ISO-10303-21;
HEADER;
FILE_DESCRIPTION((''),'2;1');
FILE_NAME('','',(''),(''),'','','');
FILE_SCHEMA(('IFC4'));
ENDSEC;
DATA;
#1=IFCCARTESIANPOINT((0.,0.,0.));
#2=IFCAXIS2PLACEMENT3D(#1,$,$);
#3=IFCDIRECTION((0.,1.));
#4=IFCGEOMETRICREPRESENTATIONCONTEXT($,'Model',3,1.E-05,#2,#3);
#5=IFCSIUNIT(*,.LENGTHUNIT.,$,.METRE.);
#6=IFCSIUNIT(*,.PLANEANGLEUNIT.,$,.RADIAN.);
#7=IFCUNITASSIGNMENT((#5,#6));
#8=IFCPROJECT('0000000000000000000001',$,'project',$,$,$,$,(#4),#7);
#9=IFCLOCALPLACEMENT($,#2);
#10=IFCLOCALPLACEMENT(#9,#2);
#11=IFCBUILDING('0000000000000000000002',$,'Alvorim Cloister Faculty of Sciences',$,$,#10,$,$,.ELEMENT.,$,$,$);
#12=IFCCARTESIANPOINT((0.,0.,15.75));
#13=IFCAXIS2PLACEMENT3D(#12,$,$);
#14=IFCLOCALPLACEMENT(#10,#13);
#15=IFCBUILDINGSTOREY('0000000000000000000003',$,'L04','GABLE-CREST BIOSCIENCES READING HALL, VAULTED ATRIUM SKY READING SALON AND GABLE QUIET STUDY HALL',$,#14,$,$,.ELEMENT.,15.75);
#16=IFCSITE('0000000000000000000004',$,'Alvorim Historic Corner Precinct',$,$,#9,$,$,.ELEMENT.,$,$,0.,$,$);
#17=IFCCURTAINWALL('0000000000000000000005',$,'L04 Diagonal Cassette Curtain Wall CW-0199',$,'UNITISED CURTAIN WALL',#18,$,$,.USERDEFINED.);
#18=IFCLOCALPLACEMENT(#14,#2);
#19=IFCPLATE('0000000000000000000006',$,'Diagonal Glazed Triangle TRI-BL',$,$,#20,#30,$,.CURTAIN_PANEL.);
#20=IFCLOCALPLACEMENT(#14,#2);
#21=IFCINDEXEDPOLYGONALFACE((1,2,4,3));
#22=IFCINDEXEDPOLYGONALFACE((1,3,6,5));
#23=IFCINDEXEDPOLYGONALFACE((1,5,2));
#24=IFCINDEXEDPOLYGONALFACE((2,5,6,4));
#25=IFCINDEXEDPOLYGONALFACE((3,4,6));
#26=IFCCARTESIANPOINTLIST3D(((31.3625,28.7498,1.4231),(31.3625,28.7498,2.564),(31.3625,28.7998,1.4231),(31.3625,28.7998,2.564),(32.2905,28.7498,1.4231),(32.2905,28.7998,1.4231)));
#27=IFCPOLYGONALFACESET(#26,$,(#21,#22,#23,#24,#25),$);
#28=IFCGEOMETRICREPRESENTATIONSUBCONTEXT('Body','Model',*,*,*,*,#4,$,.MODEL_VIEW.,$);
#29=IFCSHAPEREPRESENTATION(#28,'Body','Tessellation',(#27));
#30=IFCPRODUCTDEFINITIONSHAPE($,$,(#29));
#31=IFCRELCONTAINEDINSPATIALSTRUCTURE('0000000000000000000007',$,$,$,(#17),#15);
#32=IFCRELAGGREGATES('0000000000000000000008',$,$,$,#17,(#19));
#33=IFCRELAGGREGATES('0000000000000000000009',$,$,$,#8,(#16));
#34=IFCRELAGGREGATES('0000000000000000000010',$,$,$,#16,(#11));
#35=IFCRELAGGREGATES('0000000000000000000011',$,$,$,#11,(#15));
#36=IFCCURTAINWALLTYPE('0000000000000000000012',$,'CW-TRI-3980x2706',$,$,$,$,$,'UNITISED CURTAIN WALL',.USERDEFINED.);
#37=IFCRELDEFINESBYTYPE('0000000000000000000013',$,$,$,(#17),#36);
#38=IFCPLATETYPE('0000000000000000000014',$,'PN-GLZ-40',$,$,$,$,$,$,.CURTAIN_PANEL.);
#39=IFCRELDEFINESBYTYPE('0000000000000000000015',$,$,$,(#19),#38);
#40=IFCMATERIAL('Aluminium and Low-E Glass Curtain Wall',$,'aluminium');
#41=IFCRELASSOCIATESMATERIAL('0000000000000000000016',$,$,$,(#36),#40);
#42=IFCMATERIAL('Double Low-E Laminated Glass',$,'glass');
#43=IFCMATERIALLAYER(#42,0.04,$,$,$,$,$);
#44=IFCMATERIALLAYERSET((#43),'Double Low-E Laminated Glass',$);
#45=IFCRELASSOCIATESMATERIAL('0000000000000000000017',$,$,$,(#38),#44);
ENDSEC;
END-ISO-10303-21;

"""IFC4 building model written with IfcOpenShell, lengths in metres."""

from ifc_helpers import new_model, si_unit, direction, frame, origin, place, context, subcontext, project, spatial, polyline, outline, extrude, material, layer, layer_set, type_object, element, aggregate, save


model = new_model("IFC4")

# Units and contexts
model_context = context("Model", 3, precision=1e-05, world=origin(), true_north=direction((0.0, 1.0)))
body_context = subcontext(model_context, "Body", "Model", "MODEL_VIEW")
ifc_project = project(units=[si_unit("LENGTHUNIT", "METRE"), si_unit("PLANEANGLEUNIT", "RADIAN")], contexts=[model_context])

# Site, building, storey
site_placement = place(None, origin())
site = spatial("IfcSite", under=ifc_project, at=site_placement, Name="Alvorim Historic Corner Precinct", CompositionType="ELEMENT", RefElevation=0.0)
building_placement = place(site_placement, origin())
building = spatial("IfcBuilding", under=site, at=building_placement, Name="Alvorim Cloister Faculty of Sciences", CompositionType="ELEMENT")
storey_placement = place(building_placement, frame((0.0, 0.0, 15.75)))
storey = spatial("IfcBuildingStorey", under=building, at=storey_placement, Name="L04", Description="GABLE-CREST BIOSCIENCES READING HALL, VAULTED ATRIUM SKY READING SALON AND GABLE QUIET STUDY HALL", CompositionType="ELEMENT", Elevation=15.75)

# Curtain wall, plate
ifc_material_1 = material(Name="Aluminium and Low-E Glass Curtain Wall", Category="aluminium")
curtain_wall_type = type_object("IfcCurtainWallType", Name="CW-TRI-3980x2706", ElementType="UNITISED CURTAIN WALL", PredefinedType="USERDEFINED", material=ifc_material_1)
curtain_wall_placement = place(storey_placement, origin())
curtain_wall = element("IfcCurtainWall", 1, at=curtain_wall_placement, inside=storey, type_object=curtain_wall_type, Name="L04 Diagonal Cassette Curtain Wall CW-0199", ObjectType="UNITISED CURTAIN WALL", PredefinedType="USERDEFINED")
ifc_material_2 = material(Name="Double Low-E Laminated Glass", Category="glass")
ifc_layer = layer(ifc_material_2, 0.04)
ifc_layer_set = layer_set([ifc_layer], Name="Double Low-E Laminated Glass")
plate_type = type_object("IfcPlateType", Name="PN-GLZ-40", PredefinedType="CURTAIN_PANEL", material=ifc_layer_set)
plate_1_placement = place(storey_placement, frame((31.3625, 28.7749, 1.4231), z_axis=(0.0, 0.0, 1.0), x_axis=(1.0, 0.0, 0.0)))
plate_1 = element("IfcPlate", 2, at=plate_1_placement, type_object=plate_type, Name="Diagonal Glazed Triangle TRI-BL", PredefinedType="CURTAIN_PANEL", context=body_context, shape_type="SweptSolid", body=[
    extrude(outline(polyline([(0.0, 0.0), (0.928, 0.0), (0.0, 1.1409), (0.0, 0.0)])), frame((0.0, 0.0249, 0.0), z_axis=(0.0, -1.0, 0.0), x_axis=(1.0, 0.0, 0.0)), (0.0, 0.0, 1.0), 0.05),
])
aggregate(curtain_wall, [plate_1])

save(model, "model.ifc")
